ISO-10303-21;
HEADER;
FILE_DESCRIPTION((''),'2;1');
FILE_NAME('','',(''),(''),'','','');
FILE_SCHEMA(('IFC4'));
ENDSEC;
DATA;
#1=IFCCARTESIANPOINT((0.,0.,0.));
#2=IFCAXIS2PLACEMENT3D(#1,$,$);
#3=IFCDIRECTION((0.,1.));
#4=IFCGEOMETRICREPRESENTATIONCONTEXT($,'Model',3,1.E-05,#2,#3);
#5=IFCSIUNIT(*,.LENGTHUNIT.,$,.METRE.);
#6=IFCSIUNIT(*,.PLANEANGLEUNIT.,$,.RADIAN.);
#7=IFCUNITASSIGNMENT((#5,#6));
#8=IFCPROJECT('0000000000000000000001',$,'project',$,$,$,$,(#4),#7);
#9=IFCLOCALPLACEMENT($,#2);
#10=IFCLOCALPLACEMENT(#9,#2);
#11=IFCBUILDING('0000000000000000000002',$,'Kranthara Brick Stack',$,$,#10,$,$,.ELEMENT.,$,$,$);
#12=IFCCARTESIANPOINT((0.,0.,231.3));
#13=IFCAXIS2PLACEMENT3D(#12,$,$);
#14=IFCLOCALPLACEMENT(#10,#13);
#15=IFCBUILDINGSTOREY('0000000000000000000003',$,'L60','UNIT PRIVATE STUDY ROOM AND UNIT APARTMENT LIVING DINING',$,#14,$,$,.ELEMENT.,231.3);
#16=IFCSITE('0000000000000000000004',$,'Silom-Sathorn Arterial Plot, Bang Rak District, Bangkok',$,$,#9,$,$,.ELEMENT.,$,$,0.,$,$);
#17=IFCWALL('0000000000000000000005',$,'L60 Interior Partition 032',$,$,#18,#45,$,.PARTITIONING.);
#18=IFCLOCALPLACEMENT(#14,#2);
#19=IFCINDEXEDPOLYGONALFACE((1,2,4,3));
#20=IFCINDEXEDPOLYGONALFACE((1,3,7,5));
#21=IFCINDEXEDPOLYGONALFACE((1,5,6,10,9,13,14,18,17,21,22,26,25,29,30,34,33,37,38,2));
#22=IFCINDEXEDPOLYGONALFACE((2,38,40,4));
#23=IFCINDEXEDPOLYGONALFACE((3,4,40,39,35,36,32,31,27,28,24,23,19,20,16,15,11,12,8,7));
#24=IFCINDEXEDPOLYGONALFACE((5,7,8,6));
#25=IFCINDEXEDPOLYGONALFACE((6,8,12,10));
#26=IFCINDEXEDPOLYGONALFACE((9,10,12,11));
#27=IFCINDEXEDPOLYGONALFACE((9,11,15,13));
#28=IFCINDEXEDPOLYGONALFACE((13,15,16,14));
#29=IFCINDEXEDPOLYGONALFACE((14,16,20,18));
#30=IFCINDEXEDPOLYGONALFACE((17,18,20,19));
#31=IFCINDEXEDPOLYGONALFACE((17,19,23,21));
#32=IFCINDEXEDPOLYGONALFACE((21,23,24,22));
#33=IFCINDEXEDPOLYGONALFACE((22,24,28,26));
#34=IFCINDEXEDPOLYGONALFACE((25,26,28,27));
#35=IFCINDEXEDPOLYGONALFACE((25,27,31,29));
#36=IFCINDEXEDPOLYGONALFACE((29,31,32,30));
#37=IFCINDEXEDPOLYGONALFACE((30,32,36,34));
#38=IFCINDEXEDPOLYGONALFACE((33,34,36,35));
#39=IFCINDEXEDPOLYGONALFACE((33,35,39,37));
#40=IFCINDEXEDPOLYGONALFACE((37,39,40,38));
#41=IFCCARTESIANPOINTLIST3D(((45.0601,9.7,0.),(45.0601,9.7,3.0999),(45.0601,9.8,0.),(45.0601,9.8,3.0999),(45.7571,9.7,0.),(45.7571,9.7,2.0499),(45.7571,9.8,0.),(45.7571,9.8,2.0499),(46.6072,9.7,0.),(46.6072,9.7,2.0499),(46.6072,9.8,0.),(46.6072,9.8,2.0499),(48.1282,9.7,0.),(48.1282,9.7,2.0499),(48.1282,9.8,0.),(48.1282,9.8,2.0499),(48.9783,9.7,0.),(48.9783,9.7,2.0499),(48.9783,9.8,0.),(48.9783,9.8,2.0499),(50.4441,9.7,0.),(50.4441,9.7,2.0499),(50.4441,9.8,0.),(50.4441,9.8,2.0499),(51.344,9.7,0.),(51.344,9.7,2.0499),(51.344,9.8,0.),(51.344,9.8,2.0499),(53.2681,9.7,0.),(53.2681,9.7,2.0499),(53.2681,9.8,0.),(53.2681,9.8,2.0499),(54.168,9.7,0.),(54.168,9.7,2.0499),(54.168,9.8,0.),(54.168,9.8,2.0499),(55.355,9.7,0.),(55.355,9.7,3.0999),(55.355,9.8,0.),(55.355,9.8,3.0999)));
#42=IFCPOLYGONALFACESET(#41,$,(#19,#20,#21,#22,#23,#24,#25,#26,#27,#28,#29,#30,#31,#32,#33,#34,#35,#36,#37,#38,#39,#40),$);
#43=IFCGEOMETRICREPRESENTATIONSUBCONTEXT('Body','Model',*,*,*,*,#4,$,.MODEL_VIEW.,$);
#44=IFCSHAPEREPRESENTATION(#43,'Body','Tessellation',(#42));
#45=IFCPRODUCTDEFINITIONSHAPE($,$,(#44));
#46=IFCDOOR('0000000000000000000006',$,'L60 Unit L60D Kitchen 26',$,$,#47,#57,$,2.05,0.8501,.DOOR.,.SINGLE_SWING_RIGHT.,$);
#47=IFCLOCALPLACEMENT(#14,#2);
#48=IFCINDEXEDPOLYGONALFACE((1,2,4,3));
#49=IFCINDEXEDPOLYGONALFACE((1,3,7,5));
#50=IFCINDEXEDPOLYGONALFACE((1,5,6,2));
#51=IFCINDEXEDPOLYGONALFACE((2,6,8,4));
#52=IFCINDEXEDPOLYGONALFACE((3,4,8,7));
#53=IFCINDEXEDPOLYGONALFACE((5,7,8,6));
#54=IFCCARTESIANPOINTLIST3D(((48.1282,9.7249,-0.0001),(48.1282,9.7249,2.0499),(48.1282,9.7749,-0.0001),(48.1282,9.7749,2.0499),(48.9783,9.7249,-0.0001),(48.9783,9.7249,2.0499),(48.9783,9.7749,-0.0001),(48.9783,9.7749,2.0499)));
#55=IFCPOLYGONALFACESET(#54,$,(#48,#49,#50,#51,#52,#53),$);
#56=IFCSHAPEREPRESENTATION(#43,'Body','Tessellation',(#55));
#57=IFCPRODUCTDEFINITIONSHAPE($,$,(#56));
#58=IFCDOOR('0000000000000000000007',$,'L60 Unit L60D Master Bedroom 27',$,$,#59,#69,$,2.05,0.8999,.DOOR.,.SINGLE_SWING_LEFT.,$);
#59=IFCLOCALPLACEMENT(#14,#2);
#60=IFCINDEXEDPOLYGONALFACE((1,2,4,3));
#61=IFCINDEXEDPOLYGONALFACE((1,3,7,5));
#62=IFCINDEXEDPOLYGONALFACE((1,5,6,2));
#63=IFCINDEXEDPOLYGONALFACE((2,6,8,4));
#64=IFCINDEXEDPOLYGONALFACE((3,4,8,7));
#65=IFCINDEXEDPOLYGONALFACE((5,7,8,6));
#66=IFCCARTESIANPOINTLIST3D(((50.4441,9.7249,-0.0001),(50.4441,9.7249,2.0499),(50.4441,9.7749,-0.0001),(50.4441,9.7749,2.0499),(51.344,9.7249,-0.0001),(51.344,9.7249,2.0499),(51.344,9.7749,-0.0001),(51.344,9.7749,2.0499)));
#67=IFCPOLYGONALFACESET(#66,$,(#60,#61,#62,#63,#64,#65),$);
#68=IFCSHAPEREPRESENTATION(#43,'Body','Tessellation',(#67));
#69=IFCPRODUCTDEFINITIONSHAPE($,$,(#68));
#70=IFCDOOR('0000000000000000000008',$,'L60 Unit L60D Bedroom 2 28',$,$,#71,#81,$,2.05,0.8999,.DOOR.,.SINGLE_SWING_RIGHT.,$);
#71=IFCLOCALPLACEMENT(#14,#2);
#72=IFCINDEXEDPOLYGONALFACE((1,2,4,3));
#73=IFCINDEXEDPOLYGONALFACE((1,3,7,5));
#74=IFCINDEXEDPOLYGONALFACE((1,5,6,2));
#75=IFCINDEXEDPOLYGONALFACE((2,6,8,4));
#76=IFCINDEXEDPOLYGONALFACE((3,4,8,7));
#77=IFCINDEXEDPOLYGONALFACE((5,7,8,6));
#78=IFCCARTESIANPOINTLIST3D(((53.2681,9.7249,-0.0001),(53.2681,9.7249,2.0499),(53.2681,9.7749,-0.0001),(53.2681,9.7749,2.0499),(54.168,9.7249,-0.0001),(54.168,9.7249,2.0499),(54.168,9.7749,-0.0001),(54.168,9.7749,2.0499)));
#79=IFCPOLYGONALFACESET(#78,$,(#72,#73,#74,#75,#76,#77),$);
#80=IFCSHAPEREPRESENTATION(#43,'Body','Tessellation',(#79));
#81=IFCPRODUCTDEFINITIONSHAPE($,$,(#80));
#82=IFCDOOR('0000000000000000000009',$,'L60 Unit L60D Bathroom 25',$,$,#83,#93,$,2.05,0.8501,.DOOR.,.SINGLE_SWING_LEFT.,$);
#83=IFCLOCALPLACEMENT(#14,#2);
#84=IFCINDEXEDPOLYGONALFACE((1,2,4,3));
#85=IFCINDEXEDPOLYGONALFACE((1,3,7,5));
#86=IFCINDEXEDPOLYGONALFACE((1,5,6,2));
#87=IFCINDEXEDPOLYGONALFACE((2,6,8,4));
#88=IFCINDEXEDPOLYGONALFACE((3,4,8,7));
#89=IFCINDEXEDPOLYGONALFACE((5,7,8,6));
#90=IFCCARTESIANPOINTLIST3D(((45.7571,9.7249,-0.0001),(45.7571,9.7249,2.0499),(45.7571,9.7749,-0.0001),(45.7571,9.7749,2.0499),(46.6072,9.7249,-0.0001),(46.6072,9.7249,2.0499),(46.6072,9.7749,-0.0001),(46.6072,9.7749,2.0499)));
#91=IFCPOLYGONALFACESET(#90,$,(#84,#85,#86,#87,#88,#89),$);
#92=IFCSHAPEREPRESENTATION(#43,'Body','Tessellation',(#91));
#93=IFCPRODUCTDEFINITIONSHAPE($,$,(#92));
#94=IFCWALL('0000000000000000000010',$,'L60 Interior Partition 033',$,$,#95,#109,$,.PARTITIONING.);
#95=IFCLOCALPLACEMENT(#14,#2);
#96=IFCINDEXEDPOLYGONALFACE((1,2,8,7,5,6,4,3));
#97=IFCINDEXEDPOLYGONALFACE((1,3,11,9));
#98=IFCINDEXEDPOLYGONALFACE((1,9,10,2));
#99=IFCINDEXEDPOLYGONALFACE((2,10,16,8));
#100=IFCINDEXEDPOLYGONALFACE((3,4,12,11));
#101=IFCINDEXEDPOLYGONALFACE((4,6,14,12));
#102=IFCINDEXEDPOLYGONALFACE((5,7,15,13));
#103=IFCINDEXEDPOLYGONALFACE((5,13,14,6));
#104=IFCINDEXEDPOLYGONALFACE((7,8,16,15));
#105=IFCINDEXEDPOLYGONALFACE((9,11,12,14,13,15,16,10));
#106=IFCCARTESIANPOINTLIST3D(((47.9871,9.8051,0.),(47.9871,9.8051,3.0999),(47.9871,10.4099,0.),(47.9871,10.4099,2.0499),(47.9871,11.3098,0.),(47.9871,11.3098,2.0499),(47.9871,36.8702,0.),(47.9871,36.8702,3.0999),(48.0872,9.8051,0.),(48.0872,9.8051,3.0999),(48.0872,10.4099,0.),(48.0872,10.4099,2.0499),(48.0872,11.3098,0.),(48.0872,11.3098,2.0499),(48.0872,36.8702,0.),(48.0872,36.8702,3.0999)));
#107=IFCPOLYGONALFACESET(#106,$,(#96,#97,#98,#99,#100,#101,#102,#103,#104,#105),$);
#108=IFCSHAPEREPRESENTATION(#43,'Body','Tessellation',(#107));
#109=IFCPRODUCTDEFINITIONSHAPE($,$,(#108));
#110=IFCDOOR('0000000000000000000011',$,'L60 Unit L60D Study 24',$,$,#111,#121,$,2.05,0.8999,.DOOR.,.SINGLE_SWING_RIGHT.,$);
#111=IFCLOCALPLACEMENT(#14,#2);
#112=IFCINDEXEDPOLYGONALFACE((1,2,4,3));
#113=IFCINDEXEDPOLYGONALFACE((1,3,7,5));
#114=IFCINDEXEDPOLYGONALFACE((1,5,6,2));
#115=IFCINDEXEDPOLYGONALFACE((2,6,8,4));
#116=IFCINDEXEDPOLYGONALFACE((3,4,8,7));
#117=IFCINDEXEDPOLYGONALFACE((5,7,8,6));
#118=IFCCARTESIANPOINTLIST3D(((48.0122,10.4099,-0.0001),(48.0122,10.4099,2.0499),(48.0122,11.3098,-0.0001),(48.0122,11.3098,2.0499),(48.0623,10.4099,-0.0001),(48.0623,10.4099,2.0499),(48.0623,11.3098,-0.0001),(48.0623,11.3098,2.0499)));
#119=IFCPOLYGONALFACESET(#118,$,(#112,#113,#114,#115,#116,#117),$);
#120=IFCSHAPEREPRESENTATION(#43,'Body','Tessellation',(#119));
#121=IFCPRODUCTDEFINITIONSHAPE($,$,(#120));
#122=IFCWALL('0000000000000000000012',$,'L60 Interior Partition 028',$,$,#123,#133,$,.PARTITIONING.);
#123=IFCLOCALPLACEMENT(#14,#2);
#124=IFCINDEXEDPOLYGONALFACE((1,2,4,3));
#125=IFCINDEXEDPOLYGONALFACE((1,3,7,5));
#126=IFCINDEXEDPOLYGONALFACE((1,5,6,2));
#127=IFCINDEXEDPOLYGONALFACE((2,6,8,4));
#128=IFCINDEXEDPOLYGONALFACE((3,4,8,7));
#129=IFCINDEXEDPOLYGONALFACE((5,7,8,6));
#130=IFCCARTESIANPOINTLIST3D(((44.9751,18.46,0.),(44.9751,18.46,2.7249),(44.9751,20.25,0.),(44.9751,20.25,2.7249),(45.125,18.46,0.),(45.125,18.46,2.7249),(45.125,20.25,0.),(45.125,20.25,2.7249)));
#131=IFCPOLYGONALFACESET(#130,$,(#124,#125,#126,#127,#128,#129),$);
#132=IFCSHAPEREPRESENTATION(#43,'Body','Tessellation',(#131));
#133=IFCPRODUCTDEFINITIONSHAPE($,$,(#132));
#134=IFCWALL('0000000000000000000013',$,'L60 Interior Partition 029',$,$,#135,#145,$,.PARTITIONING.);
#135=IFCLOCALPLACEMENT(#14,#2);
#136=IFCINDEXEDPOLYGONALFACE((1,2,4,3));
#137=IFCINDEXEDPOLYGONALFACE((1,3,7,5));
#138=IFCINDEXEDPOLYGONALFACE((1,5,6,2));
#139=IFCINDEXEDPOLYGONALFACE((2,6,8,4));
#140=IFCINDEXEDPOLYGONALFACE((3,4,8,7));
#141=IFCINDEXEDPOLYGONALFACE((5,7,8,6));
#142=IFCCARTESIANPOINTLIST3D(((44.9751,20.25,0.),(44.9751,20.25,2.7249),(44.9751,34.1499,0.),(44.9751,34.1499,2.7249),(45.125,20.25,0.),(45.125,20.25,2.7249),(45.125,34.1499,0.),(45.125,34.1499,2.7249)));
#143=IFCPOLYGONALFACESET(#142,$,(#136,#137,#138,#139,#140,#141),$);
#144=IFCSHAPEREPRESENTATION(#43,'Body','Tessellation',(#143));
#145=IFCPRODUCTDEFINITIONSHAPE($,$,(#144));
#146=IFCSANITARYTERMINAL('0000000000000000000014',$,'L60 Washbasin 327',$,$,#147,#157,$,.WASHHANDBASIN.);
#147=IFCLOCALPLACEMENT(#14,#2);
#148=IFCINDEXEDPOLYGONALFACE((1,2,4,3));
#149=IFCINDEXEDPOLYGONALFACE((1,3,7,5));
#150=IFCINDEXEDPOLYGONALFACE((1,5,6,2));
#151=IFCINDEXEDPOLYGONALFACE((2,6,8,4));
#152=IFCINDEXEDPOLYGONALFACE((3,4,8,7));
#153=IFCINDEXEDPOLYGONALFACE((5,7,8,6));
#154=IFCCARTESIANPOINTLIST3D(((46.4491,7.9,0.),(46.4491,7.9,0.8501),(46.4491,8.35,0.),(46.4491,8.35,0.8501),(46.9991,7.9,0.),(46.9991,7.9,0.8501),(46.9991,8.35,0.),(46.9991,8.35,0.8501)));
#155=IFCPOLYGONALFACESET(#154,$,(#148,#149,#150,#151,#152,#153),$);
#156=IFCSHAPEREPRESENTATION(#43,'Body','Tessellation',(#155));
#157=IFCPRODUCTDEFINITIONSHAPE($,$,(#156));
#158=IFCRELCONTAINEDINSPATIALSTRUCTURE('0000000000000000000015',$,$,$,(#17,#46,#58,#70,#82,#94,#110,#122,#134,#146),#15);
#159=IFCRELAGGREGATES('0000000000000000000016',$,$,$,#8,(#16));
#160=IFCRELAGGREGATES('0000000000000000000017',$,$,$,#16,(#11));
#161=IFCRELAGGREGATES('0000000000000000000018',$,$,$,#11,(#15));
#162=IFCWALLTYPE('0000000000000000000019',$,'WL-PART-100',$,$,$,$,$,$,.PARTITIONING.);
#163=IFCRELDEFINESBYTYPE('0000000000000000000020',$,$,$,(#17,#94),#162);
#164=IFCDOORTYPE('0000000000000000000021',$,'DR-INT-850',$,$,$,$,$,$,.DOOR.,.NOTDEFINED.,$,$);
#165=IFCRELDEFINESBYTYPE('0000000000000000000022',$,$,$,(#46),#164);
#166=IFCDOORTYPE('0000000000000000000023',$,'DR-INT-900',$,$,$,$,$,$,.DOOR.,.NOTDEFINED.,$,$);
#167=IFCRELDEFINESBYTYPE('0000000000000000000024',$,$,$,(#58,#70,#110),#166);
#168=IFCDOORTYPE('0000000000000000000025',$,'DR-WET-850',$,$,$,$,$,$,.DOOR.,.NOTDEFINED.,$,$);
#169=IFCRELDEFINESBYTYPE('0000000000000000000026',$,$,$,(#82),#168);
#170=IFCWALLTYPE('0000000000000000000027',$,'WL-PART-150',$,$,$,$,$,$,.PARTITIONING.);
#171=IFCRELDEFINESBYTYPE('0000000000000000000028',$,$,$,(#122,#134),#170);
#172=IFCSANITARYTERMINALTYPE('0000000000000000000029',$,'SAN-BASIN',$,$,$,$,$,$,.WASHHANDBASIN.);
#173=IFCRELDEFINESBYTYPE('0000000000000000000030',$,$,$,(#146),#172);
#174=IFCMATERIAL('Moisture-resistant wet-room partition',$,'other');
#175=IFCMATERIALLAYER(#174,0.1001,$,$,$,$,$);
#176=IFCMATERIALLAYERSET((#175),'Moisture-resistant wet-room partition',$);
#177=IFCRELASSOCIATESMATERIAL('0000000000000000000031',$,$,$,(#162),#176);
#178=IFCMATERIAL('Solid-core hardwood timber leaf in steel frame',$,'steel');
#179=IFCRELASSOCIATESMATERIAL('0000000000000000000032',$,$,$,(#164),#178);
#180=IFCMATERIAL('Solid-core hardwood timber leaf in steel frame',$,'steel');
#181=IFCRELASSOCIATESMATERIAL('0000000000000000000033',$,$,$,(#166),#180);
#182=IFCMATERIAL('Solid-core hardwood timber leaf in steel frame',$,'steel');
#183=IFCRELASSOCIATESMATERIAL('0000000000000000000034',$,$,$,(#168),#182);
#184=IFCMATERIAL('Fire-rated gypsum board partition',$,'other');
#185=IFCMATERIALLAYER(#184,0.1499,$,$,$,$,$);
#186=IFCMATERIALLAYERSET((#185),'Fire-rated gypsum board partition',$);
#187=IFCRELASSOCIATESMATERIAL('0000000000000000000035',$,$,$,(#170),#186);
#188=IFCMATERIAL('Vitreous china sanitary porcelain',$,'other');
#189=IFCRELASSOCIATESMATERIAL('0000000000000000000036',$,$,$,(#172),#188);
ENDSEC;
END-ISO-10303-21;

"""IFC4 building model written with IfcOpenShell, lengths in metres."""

from ifc_helpers import new_model, si_unit, direction, frame, frame_2d, origin, origin_2d, place, context, subcontext, project, spatial, rectangle, extrude, material, layer, layer_set, type_object, element, fill, save


model = new_model("IFC4")

# Units and contexts
model_context = context("Model", 3, precision=1e-05, world=origin(), true_north=direction((0.0, 1.0)))
body_context = subcontext(model_context, "Body", "Model", "MODEL_VIEW")
ifc_project = project(units=[si_unit("LENGTHUNIT", "METRE"), si_unit("PLANEANGLEUNIT", "RADIAN")], contexts=[model_context])

# Site, building, storey
site_placement = place(None, origin())
site = spatial("IfcSite", under=ifc_project, at=site_placement, Name="Silom-Sathorn Arterial Plot, Bang Rak District, Bangkok", CompositionType="ELEMENT", RefElevation=0.0)
building_placement = place(site_placement, origin())
building = spatial("IfcBuilding", under=site, at=building_placement, Name="Kranthara Brick Stack", CompositionType="ELEMENT")
storey_placement = place(building_placement, frame((0.0, 0.0, 231.3)))
storey = spatial("IfcBuildingStorey", under=building, at=storey_placement, Name="L60", Description="UNIT PRIVATE STUDY ROOM AND UNIT APARTMENT LIVING DINING", CompositionType="ELEMENT", Elevation=231.3)

# Wall, openings, doors
ifc_material_1 = material(Name="Moisture-resistant wet-room partition", Category="other")
ifc_layer_1 = layer(ifc_material_1, 0.1001)
ifc_layer_set_1 = layer_set([ifc_layer_1], Name="Moisture-resistant wet-room partition")
wall_type_1 = type_object("IfcWallType", Name="WL-PART-100", PredefinedType="PARTITIONING", material=ifc_layer_set_1)
wall_1_placement = place(storey_placement, frame((45.0601, 9.75, 0.0), z_axis=(0.0, 0.0, 1.0), x_axis=(1.0, 0.0, 0.0)))
wall_1 = element("IfcWall", 1, at=wall_1_placement, inside=storey, type_object=wall_type_1, Name="L60 Interior Partition 032", PredefinedType="PARTITIONING", context=body_context, shape_type="SweptSolid", body=[
    extrude(rectangle(XDim=10.2949, YDim=0.1001, at=frame_2d((5.1475, 0.0))), origin(), (0.0, 0.0, 1.0), 3.0999),
])
opening_1_placement = place(wall_1_placement, frame((0.697, 0.0, 0.0)))
opening_1 = element("IfcOpeningElement", 2, at=opening_1_placement, cuts=wall_1, PredefinedType="OPENING", context=body_context, shape_type="SweptSolid", body=[
    extrude(rectangle(XDim=0.8501, YDim=2.05, at=frame_2d((0.425, 1.0249))), frame((0.0, 0.0601, 0.0), z_axis=(0.0, -1.0, 0.0), x_axis=(1.0, 0.0, 0.0)), (0.0, 0.0, 1.0), 0.1201),
])
opening_2_placement = place(wall_1_placement, frame((3.0681, 0.0, 0.0)))
opening_2 = element("IfcOpeningElement", 3, at=opening_2_placement, cuts=wall_1, PredefinedType="OPENING", context=body_context, shape_type="SweptSolid", body=[
    extrude(rectangle(XDim=0.8501, YDim=2.05, at=frame_2d((0.425, 1.0249))), frame((0.0, 0.0601, 0.0), z_axis=(0.0, -1.0, 0.0), x_axis=(1.0, 0.0, 0.0)), (0.0, 0.0, 1.0), 0.1201),
])
opening_3_placement = place(wall_1_placement, frame((5.384, 0.0, 0.0)))
opening_3 = element("IfcOpeningElement", 4, at=opening_3_placement, cuts=wall_1, PredefinedType="OPENING", context=body_context, shape_type="SweptSolid", body=[
    extrude(rectangle(XDim=0.8999, YDim=2.05, at=frame_2d((0.45, 1.0249))), frame((0.0, 0.0601, 0.0), z_axis=(0.0, -1.0, 0.0), x_axis=(1.0, 0.0, 0.0)), (0.0, 0.0, 1.0), 0.1201),
])
opening_4_placement = place(wall_1_placement, frame((8.208, 0.0, 0.0)))
opening_4 = element("IfcOpeningElement", 5, at=opening_4_placement, cuts=wall_1, PredefinedType="OPENING", context=body_context, shape_type="SweptSolid", body=[
    extrude(rectangle(XDim=0.8999, YDim=2.05, at=frame_2d((0.45, 1.0249))), frame((0.0, 0.0601, 0.0), z_axis=(0.0, -1.0, 0.0), x_axis=(1.0, 0.0, 0.0)), (0.0, 0.0, 1.0), 0.1201),
])
ifc_material_2 = material(Name="Solid-core hardwood timber leaf in steel frame", Category="steel")
door_type_1 = type_object("IfcDoorType", Name="DR-INT-850", OperationType="NOTDEFINED", PredefinedType="DOOR", material=ifc_material_2)
door_1_placement = place(opening_2_placement, origin())
door_1 = element("IfcDoor", 6, at=door_1_placement, inside=storey, type_object=door_type_1, Name="L60 Unit L60D Kitchen 26", OperationType="SINGLE_SWING_RIGHT", OverallHeight=2.05, OverallWidth=0.8501, PredefinedType="DOOR", context=body_context, shape_type="SweptSolid", body=[
    extrude(rectangle(XDim=0.8501, YDim=2.05, at=frame_2d((0.425, 1.0249))), frame((0.0, 0.0249, 0.0), z_axis=(0.0, -1.0, 0.0), x_axis=(1.0, 0.0, 0.0)), (0.0, 0.0, 1.0), 0.05),
])
fill(opening_2, door_1)
ifc_material_3 = material(Name="Solid-core hardwood timber leaf in steel frame", Category="steel")
door_type_2 = type_object("IfcDoorType", Name="DR-INT-900", OperationType="NOTDEFINED", PredefinedType="DOOR", material=ifc_material_3)
door_2_placement = place(opening_3_placement, origin())
door_2 = element("IfcDoor", 7, at=door_2_placement, inside=storey, type_object=door_type_2, Name="L60 Unit L60D Master Bedroom 27", OperationType="SINGLE_SWING_LEFT", OverallHeight=2.05, OverallWidth=0.8999, PredefinedType="DOOR", context=body_context, shape_type="SweptSolid", body=[
    extrude(rectangle(XDim=0.8999, YDim=2.05, at=frame_2d((0.45, 1.0249))), frame((0.0, 0.0249, 0.0), z_axis=(0.0, -1.0, 0.0), x_axis=(1.0, 0.0, 0.0)), (0.0, 0.0, 1.0), 0.05),
])
fill(opening_3, door_2)
door_3_placement = place(opening_4_placement, origin())
door_3 = element("IfcDoor", 8, at=door_3_placement, inside=storey, type_object=door_type_2, Name="L60 Unit L60D Bedroom 2 28", OperationType="SINGLE_SWING_RIGHT", OverallHeight=2.05, OverallWidth=0.8999, PredefinedType="DOOR", context=body_context, shape_type="SweptSolid", body=[
    extrude(rectangle(XDim=0.8999, YDim=2.05, at=frame_2d((0.45, 1.0249))), frame((0.0, 0.0249, 0.0), z_axis=(0.0, -1.0, 0.0), x_axis=(1.0, 0.0, 0.0)), (0.0, 0.0, 1.0), 0.05),
])
fill(opening_4, door_3)
ifc_material_4 = material(Name="Solid-core hardwood timber leaf in steel frame", Category="steel")
door_type_3 = type_object("IfcDoorType", Name="DR-WET-850", OperationType="NOTDEFINED", PredefinedType="DOOR", material=ifc_material_4)
door_4_placement = place(opening_1_placement, origin())
door_4 = element("IfcDoor", 9, at=door_4_placement, inside=storey, type_object=door_type_3, Name="L60 Unit L60D Bathroom 25", OperationType="SINGLE_SWING_LEFT", OverallHeight=2.05, OverallWidth=0.8501, PredefinedType="DOOR", context=body_context, shape_type="SweptSolid", body=[
    extrude(rectangle(XDim=0.8501, YDim=2.05, at=frame_2d((0.425, 1.0249))), frame((0.0, 0.0249, 0.0), z_axis=(0.0, -1.0, 0.0), x_axis=(1.0, 0.0, 0.0)), (0.0, 0.0, 1.0), 0.05),
])
fill(opening_1, door_4)

# Wall, opening, door
wall_2_placement = place(storey_placement, frame((48.0371, 9.8049, 0.0), z_axis=(0.0, 0.0, 1.0), x_axis=(0.0, 1.0, 0.0)))
wall_2 = element("IfcWall", 10, at=wall_2_placement, inside=storey, type_object=wall_type_1, Name="L60 Interior Partition 033", PredefinedType="PARTITIONING", context=body_context, shape_type="SweptSolid", body=[
    extrude(rectangle(XDim=27.0652, YDim=0.1001, at=frame_2d((13.5327, 0.0))), origin(), (0.0, 0.0, 1.0), 3.0999),
])
opening_5_placement = place(wall_2_placement, frame((0.605, 0.0, 0.0)))
opening_5 = element("IfcOpeningElement", 11, at=opening_5_placement, cuts=wall_2, PredefinedType="OPENING", context=body_context, shape_type="SweptSolid", body=[
    extrude(rectangle(XDim=0.8999, YDim=2.05, at=frame_2d((0.45, 1.0249))), frame((0.0, 0.0601, 0.0), z_axis=(0.0, -1.0, 0.0), x_axis=(1.0, 0.0, 0.0)), (0.0, 0.0, 1.0), 0.1201),
])
door_5_placement = place(opening_5_placement, origin())
door_5 = element("IfcDoor", 12, at=door_5_placement, inside=storey, type_object=door_type_2, Name="L60 Unit L60D Study 24", OperationType="SINGLE_SWING_RIGHT", OverallHeight=2.05, OverallWidth=0.8999, PredefinedType="DOOR", context=body_context, shape_type="SweptSolid", body=[
    extrude(rectangle(XDim=0.8999, YDim=2.05, at=frame_2d((0.45, 1.0249))), frame((0.0, 0.0249, 0.0), z_axis=(0.0, -1.0, 0.0), x_axis=(1.0, 0.0, 0.0)), (0.0, 0.0, 1.0), 0.05),
])
fill(opening_5, door_5)

# Walls
ifc_material_5 = material(Name="Fire-rated gypsum board partition", Category="other")
ifc_layer_2 = layer(ifc_material_5, 0.1499)
ifc_layer_set_2 = layer_set([ifc_layer_2], Name="Fire-rated gypsum board partition")
wall_type_2 = type_object("IfcWallType", Name="WL-PART-150", PredefinedType="PARTITIONING", material=ifc_layer_set_2)
wall_3_placement = place(storey_placement, frame((45.05, 18.46, 0.0), z_axis=(0.0, 0.0, 1.0), x_axis=(0.0, 1.0, 0.0)))
element("IfcWall", 13, at=wall_3_placement, inside=storey, type_object=wall_type_2, Name="L60 Interior Partition 028", PredefinedType="PARTITIONING", context=body_context, shape_type="SweptSolid", body=[
    extrude(rectangle(XDim=1.79, YDim=0.1499, at=frame_2d((0.895, 0.0))), origin(), (0.0, 0.0, 1.0), 2.7249),
])
wall_4_placement = place(storey_placement, frame((45.05, 20.25, 0.0), z_axis=(0.0, 0.0, 1.0), x_axis=(0.0, 1.0, 0.0)))
element("IfcWall", 14, at=wall_4_placement, inside=storey, type_object=wall_type_2, Name="L60 Interior Partition 029", PredefinedType="PARTITIONING", context=body_context, shape_type="SweptSolid", body=[
    extrude(rectangle(XDim=13.8999, YDim=0.1499, at=frame_2d((6.95, 0.0))), origin(), (0.0, 0.0, 1.0), 2.7249),
])

# Sanitary terminal
ifc_material_6 = material(Name="Vitreous china sanitary porcelain", Category="other")
sanitary_terminal_type_1 = type_object("IfcSanitaryTerminalType", Name="SAN-BASIN", PredefinedType="WASHHANDBASIN", material=ifc_material_6)
sanitary_terminal_1_placement = place(storey_placement, frame((46.7241, 8.125, 0.0), z_axis=(0.0, 0.0, 1.0), x_axis=(1.0, 0.0, 0.0)))
element("IfcSanitaryTerminal", 15, at=sanitary_terminal_1_placement, inside=storey, type_object=sanitary_terminal_type_1, Name="L60 Washbasin 327", PredefinedType="WASHHANDBASIN", context=body_context, shape_type="SweptSolid", body=[
    extrude(rectangle(XDim=0.55, YDim=0.45, at=origin_2d()), origin(), (0.0, 0.0, 1.0), 0.8501),
])

save(model, "model.ifc")
